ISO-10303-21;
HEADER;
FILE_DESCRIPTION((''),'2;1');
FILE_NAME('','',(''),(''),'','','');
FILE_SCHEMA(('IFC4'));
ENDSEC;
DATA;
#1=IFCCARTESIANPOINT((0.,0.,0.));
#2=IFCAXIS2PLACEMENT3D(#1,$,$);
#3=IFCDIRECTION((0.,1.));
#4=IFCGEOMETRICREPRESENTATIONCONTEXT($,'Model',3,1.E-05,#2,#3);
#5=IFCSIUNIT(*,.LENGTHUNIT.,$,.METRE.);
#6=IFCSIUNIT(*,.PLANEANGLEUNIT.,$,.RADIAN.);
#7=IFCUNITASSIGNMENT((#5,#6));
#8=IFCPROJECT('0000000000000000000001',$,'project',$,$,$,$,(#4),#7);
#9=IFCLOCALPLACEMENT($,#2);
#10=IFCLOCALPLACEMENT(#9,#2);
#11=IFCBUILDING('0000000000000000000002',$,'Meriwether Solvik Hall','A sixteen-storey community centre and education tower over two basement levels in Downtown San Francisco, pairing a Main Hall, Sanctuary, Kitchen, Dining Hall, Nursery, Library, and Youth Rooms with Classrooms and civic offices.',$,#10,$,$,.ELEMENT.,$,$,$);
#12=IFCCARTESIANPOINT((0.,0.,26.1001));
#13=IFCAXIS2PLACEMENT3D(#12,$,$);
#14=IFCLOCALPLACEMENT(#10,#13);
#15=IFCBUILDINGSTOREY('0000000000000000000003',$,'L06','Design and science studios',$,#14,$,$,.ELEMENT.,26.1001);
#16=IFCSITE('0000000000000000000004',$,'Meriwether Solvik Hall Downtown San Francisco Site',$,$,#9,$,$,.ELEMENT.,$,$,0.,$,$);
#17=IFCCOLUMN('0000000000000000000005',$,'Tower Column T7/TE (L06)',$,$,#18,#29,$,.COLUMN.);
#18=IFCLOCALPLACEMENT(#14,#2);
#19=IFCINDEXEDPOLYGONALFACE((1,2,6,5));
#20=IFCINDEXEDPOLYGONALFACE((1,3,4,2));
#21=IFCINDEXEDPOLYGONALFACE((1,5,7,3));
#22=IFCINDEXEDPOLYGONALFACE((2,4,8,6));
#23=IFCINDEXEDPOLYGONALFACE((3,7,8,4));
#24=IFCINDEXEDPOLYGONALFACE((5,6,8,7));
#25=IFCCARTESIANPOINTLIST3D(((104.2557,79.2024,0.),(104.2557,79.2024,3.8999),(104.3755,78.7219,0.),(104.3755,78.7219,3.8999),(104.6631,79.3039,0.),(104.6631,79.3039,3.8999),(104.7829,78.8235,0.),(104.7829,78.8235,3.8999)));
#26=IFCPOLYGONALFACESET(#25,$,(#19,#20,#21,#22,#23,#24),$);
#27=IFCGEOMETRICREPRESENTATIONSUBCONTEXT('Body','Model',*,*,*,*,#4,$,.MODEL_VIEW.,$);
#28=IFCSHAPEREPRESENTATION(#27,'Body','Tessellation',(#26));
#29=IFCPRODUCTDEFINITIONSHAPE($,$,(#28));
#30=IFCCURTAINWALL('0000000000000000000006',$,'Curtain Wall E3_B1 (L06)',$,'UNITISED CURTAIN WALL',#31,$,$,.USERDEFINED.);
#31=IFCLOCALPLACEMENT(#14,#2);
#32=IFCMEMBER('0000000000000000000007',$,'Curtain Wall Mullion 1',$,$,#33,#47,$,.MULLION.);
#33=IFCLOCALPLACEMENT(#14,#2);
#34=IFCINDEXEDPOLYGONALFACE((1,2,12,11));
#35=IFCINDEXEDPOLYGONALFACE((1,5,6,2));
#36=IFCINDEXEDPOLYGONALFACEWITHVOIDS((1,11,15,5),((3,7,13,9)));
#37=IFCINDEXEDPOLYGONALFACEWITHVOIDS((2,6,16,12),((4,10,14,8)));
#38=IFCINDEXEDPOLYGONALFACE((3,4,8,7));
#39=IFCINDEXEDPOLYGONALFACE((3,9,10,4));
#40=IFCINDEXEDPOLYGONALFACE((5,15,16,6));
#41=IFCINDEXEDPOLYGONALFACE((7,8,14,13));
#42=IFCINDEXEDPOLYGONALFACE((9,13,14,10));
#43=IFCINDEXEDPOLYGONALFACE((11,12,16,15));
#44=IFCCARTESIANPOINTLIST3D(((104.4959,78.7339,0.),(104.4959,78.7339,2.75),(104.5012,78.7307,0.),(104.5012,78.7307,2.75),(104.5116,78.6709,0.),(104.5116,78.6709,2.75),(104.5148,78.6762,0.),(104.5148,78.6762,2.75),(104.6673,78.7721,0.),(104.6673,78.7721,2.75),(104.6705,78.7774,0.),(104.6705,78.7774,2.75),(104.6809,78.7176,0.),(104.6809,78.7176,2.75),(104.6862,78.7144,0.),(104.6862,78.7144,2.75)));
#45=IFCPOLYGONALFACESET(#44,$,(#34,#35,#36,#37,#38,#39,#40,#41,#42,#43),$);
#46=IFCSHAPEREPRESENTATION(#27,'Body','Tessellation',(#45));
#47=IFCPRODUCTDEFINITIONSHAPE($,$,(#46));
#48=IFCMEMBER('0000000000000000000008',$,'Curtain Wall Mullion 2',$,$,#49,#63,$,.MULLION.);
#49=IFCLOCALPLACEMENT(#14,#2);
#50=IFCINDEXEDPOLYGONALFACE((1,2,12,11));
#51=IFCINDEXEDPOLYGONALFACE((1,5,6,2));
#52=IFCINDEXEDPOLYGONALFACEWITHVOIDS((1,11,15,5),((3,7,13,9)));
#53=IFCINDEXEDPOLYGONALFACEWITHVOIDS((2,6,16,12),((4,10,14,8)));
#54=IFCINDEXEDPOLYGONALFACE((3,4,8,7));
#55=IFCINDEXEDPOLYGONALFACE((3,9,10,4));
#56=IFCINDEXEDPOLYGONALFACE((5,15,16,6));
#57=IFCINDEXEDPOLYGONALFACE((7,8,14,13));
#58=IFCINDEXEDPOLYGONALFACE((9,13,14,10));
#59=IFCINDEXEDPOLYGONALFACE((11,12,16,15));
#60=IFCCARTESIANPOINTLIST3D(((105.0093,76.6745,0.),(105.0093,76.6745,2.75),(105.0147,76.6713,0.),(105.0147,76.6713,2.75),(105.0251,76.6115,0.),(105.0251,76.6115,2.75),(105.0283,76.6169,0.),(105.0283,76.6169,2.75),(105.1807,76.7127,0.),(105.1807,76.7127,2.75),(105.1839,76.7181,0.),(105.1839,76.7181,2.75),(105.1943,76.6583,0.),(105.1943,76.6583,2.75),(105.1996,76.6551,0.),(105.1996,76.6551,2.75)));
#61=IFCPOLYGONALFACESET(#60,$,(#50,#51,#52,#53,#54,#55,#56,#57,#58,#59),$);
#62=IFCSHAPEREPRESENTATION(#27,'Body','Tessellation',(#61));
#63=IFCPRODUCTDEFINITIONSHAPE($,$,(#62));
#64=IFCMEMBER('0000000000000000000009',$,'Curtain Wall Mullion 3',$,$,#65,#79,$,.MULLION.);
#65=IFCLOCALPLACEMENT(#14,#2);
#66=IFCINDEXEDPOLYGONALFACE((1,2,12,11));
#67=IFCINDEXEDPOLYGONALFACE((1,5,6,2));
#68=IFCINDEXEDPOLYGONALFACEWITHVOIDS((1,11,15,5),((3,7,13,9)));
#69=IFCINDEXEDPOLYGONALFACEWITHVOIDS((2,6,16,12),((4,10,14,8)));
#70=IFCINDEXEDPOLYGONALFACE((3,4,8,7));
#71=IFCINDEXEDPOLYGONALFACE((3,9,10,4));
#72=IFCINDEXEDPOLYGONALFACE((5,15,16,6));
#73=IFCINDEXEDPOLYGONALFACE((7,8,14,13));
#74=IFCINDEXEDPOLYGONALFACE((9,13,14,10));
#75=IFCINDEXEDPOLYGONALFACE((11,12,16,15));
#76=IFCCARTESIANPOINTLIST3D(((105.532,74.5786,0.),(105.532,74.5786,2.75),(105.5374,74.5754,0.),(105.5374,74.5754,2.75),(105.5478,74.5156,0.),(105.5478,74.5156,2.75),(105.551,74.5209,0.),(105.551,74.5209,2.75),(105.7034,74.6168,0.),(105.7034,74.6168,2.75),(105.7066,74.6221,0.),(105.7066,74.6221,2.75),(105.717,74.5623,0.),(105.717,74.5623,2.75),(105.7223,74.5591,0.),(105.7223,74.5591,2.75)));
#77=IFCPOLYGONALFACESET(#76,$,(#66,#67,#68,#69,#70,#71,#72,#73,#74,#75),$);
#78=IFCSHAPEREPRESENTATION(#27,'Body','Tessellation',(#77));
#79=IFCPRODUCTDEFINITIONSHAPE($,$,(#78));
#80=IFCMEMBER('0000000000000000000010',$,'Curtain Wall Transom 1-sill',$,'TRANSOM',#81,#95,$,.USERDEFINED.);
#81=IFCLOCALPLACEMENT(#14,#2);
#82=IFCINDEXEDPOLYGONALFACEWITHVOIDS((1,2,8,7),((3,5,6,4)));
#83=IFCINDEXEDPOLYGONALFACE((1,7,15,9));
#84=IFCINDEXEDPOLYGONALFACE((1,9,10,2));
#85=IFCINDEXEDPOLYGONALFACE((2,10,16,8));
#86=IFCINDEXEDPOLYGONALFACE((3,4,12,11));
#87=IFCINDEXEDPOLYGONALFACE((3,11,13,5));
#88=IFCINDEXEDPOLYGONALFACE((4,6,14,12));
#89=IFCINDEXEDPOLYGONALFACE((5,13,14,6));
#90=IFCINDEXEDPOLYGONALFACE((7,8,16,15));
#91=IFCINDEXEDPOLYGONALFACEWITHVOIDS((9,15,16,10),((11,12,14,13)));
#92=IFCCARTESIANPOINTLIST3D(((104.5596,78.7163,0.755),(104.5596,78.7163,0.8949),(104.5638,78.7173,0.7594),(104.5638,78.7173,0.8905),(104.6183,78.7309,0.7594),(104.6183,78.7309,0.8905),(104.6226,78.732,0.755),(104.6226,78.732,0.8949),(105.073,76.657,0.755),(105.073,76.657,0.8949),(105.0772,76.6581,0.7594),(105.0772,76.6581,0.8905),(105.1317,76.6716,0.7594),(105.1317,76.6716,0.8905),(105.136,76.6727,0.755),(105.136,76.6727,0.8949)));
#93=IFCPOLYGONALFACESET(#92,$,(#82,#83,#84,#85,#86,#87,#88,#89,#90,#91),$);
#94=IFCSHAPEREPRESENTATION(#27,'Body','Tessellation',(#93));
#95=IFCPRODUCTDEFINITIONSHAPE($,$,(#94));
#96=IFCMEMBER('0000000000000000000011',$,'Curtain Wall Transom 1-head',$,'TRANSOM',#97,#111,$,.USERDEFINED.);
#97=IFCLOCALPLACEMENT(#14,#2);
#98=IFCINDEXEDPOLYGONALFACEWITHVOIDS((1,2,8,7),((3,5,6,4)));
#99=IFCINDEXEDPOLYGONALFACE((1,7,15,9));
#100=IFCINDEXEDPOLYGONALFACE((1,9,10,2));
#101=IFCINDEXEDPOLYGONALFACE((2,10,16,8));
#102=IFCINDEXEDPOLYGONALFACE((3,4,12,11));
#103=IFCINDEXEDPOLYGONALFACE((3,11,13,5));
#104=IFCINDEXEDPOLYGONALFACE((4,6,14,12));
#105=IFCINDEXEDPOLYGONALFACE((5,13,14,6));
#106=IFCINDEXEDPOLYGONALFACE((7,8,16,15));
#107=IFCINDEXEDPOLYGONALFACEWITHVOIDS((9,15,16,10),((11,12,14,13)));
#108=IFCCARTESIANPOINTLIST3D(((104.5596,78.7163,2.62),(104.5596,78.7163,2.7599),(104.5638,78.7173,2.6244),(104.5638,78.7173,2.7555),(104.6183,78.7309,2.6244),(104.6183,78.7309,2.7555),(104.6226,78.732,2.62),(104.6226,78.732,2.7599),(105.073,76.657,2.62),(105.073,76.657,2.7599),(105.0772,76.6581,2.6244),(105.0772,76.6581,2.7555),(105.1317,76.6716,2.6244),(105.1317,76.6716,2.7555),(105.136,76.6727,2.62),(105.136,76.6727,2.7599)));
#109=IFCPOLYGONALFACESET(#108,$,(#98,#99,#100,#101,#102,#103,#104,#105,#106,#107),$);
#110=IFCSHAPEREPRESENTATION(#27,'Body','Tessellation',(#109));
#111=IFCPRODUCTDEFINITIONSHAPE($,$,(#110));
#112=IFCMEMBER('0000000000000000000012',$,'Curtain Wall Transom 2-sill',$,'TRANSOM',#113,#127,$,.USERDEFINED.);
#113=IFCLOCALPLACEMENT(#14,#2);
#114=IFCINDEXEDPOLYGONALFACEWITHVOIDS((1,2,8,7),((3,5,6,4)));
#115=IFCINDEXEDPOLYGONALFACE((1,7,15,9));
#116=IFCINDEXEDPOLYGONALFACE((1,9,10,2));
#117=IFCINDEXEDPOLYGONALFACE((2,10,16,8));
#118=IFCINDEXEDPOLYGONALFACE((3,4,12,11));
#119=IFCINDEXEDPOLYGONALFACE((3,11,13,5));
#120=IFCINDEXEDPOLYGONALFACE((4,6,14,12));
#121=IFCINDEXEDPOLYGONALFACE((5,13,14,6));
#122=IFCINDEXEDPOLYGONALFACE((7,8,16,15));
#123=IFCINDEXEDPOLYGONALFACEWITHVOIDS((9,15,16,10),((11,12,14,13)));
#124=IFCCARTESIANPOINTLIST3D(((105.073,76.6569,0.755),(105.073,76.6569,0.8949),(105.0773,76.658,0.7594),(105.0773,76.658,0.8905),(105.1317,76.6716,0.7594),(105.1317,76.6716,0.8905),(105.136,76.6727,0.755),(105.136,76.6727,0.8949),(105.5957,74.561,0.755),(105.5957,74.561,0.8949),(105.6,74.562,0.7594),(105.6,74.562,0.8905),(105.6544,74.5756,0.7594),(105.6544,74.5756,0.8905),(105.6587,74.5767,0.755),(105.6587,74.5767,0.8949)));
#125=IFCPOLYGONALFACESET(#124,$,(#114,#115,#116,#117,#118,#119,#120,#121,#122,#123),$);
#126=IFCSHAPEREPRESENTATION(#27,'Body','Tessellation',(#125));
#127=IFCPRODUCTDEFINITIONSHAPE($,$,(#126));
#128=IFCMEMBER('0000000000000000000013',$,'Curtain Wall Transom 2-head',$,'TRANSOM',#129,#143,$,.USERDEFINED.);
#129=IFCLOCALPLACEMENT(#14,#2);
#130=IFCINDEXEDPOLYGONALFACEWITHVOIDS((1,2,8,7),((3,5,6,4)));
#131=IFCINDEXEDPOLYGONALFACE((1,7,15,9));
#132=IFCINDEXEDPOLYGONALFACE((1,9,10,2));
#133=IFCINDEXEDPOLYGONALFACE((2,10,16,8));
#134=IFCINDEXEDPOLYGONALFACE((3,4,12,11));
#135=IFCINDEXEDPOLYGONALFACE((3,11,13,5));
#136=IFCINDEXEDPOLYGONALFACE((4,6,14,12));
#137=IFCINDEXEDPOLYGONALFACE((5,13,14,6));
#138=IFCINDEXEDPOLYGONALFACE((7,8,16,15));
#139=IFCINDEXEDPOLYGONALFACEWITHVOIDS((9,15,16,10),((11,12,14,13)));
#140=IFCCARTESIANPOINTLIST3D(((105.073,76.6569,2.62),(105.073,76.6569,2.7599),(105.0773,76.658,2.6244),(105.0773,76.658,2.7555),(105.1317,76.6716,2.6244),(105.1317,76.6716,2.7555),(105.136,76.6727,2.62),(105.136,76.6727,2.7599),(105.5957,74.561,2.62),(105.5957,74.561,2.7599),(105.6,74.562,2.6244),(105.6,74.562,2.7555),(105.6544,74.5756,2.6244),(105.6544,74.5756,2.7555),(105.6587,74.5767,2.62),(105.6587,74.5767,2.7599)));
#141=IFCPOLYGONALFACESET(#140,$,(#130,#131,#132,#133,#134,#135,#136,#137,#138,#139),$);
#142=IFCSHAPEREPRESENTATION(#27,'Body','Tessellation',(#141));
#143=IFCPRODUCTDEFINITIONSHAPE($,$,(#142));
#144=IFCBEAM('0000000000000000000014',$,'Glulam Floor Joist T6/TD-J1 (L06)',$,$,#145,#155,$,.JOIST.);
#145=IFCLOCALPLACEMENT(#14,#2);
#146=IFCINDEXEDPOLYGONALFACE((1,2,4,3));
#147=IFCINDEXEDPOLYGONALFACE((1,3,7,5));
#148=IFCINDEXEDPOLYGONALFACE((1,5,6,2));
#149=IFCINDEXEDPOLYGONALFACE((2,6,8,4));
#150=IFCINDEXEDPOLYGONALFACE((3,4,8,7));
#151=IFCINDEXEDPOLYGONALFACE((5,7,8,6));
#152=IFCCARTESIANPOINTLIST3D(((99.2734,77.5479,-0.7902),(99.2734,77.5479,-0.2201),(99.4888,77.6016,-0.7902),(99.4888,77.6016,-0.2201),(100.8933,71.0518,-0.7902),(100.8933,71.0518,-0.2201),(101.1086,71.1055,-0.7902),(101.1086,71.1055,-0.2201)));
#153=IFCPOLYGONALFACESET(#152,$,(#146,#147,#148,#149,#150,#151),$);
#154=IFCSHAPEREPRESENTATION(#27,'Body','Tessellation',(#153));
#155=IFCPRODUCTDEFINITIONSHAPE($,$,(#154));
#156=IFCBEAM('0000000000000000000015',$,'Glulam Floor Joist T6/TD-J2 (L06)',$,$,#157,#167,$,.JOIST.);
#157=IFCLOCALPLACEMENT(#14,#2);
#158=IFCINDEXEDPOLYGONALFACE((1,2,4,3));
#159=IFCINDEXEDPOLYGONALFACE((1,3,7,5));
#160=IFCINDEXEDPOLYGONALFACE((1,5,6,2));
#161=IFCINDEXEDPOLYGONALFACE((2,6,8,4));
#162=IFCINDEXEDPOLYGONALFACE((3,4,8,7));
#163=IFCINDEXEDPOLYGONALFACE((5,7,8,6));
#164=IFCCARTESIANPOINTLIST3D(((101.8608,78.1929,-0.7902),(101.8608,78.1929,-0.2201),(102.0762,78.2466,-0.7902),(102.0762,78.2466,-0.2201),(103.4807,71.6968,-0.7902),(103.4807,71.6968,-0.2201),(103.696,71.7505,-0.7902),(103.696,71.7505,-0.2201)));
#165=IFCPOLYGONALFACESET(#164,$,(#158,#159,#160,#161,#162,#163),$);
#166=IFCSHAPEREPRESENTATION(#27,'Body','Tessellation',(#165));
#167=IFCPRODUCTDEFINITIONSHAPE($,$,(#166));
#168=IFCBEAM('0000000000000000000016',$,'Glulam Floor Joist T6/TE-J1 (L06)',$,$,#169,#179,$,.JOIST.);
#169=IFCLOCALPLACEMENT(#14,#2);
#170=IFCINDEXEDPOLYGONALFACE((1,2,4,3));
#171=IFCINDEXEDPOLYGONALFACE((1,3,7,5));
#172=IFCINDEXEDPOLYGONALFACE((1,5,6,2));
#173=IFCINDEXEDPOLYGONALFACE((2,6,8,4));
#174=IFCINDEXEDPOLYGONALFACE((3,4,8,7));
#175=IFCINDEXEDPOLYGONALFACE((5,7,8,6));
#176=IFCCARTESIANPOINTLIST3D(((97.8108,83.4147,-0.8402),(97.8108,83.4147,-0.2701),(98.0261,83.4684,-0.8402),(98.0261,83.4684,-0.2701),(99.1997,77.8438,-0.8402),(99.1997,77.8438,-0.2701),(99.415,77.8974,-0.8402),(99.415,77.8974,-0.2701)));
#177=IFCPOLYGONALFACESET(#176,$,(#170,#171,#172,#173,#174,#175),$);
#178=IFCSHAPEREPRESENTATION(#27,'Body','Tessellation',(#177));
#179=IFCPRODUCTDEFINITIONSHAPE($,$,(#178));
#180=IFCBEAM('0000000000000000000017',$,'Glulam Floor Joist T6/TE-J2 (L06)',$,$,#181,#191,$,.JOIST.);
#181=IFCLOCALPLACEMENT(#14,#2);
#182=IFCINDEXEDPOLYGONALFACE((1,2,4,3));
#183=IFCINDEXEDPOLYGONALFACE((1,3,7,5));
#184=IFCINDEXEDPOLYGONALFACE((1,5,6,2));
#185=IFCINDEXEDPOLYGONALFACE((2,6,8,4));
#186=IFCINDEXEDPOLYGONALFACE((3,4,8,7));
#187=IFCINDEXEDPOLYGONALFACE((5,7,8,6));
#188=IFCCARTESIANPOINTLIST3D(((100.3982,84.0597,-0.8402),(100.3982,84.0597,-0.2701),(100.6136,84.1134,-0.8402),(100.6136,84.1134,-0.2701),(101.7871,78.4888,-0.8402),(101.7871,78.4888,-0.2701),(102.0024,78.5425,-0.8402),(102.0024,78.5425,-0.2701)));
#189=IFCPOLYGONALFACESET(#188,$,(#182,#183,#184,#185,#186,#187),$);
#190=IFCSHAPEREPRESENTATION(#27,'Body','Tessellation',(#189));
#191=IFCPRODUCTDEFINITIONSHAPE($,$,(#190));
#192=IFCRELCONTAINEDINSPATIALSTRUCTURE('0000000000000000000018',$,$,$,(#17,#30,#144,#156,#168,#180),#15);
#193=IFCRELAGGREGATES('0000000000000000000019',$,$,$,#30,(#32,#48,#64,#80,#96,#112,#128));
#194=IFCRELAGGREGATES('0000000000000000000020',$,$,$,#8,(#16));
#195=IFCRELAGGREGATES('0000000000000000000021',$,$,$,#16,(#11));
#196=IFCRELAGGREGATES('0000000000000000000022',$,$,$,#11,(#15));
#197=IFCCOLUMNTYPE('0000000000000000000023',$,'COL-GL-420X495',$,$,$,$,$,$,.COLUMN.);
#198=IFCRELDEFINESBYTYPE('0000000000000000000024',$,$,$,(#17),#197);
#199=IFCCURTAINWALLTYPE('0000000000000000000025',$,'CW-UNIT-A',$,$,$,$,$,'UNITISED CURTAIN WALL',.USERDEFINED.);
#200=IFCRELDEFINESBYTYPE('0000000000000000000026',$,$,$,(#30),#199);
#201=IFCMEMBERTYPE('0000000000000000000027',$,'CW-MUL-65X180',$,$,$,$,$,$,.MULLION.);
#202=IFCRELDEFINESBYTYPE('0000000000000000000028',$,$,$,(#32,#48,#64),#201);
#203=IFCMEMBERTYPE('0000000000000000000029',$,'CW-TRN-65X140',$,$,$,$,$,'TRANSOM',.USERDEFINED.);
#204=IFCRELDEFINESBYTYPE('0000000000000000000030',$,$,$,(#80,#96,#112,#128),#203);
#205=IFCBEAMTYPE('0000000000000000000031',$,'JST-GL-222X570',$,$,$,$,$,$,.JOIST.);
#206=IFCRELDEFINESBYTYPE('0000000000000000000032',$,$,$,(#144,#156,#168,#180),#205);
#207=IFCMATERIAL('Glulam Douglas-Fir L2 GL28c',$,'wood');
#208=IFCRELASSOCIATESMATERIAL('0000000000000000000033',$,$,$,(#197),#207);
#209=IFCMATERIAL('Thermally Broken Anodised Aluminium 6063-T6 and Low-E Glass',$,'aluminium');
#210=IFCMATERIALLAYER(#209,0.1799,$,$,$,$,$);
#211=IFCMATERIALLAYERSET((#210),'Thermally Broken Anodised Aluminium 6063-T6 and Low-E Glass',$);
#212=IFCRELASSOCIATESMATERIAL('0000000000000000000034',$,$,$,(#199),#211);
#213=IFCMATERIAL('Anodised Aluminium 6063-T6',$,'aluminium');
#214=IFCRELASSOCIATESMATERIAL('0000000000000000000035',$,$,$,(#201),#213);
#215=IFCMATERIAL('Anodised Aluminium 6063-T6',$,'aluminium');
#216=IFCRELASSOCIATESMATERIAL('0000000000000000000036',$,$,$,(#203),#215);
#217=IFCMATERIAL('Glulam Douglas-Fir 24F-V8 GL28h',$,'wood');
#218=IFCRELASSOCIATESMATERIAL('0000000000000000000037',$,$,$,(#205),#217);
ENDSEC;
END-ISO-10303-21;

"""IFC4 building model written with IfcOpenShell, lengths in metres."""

from ifc_helpers import new_model, si_unit, direction, frame, origin, origin_2d, place, context, subcontext, project, spatial, rectangle, hollow_rectangle, extrude, material, layer, layer_set, material_profile, profile_set, type_object, element, aggregate, save


model = new_model("IFC4")

# Units and contexts
model_context = context("Model", 3, precision=1e-05, world=origin(), true_north=direction((0.0, 1.0)))
body_context = subcontext(model_context, "Body", "Model", "MODEL_VIEW")
ifc_project = project(units=[si_unit("LENGTHUNIT", "METRE"), si_unit("PLANEANGLEUNIT", "RADIAN")], contexts=[model_context])

# Site, building, storey
site_placement = place(None, origin())
site = spatial("IfcSite", under=ifc_project, at=site_placement, Name="Meriwether Solvik Hall Downtown San Francisco Site", CompositionType="ELEMENT", RefElevation=0.0)
building_placement = place(site_placement, origin())
building = spatial("IfcBuilding", under=site, at=building_placement, Name="Meriwether Solvik Hall", Description="A sixteen-storey community centre and education tower over two basement levels in Downtown San Francisco, pairing a Main Hall, Sanctuary, Kitchen, Dining Hall, Nursery, Library, and Youth Rooms with Classrooms and civic offices.", CompositionType="ELEMENT")
storey_placement = place(building_placement, frame((0.0, 0.0, 26.1001)))
storey = spatial("IfcBuildingStorey", under=building, at=storey_placement, Name="L06", Description="Design and science studios", CompositionType="ELEMENT", Elevation=26.1001)

# Column
ifc_material_1 = material(Name="Glulam Douglas-Fir L2 GL28c", Category="wood")
ifc_material_profile_1 = material_profile(ifc_material_1, rectangle(XDim=0.4199, YDim=0.4951, at=origin_2d()), Name="GLC-420X495")
ifc_profile_set_1 = profile_set([ifc_material_profile_1], Name="Glulam Douglas-Fir L2 GL28c")
column_type = type_object("IfcColumnType", Name="COL-GL-420X495", PredefinedType="COLUMN", material=ifc_profile_set_1)
column_placement = place(storey_placement, frame((104.5193, 79.0129, 0.0), z_axis=(0.0, 0.0, 1.0), x_axis=(0.970296, 0.241922, 0.0)))
element("IfcColumn", 1, at=column_placement, inside=storey, type_object=column_type, Name="Tower Column T7/TE (L06)", PredefinedType="COLUMN", context=body_context, shape_type="SweptSolid", body=[
    extrude(rectangle(XDim=0.4199, YDim=0.4951, at=origin_2d()), origin(), (0.0, 0.0, 1.0), 3.8999),
])

# Curtain wall, members
ifc_material_2 = material(Name="Thermally Broken Anodised Aluminium 6063-T6 and Low-E Glass", Category="aluminium")
ifc_layer_1 = layer(ifc_material_2, 0.1799)
ifc_layer_set_1 = layer_set([ifc_layer_1], Name="Thermally Broken Anodised Aluminium 6063-T6 and Low-E Glass")
curtain_wall_type = type_object("IfcCurtainWallType", Name="CW-UNIT-A", ElementType="UNITISED CURTAIN WALL", PredefinedType="USERDEFINED", material=ifc_layer_set_1)
curtain_wall_placement = place(storey_placement, origin())
curtain_wall = element("IfcCurtainWall", 2, at=curtain_wall_placement, inside=storey, type_object=curtain_wall_type, Name="Curtain Wall E3_B1 (L06)", ObjectType="UNITISED CURTAIN WALL", PredefinedType="USERDEFINED")
ifc_material_3 = material(Name="Anodised Aluminium 6063-T6", Category="aluminium")
ifc_material_profile_2 = material_profile(ifc_material_3, hollow_rectangle(XDim=0.0649, YDim=0.1799, WallThickness=0.0044, at=origin_2d()), Name="CWM-65X180")
ifc_profile_set_2 = profile_set([ifc_material_profile_2], Name="Anodised Aluminium 6063-T6")
member_type_1 = type_object("IfcMemberType", Name="CW-MUL-65X180", PredefinedType="MULLION", material=ifc_profile_set_2)
member_1_placement = place(storey_placement, frame((104.5911, 78.7241, 0.0), z_axis=(0.0, 0.0, 1.0), x_axis=(0.241922, -0.970296, 0.0)))
member_1 = element("IfcMember", 3, at=member_1_placement, type_object=member_type_1, Name="Curtain Wall Mullion 1", PredefinedType="MULLION", context=body_context, shape_type="SweptSolid", body=[
    extrude(hollow_rectangle(XDim=0.0649, YDim=0.1799, WallThickness=0.0044, at=origin_2d()), origin(), (0.0, 0.0, 1.0), 2.75),
])
member_2_placement = place(storey_placement, frame((105.1045, 76.6648, 0.0), z_axis=(0.0, 0.0, 1.0), x_axis=(0.241922, -0.970296, 0.0)))
member_2 = element("IfcMember", 4, at=member_2_placement, type_object=member_type_1, Name="Curtain Wall Mullion 2", PredefinedType="MULLION", context=body_context, shape_type="SweptSolid", body=[
    extrude(hollow_rectangle(XDim=0.0649, YDim=0.1799, WallThickness=0.0044, at=origin_2d()), origin(), (0.0, 0.0, 1.0), 2.75),
])
member_3_placement = place(storey_placement, frame((105.6272, 74.5688, 0.0), z_axis=(0.0, 0.0, 1.0), x_axis=(0.241922, -0.970296, 0.0)))
member_3 = element("IfcMember", 5, at=member_3_placement, type_object=member_type_1, Name="Curtain Wall Mullion 3", PredefinedType="MULLION", context=body_context, shape_type="SweptSolid", body=[
    extrude(hollow_rectangle(XDim=0.0649, YDim=0.1799, WallThickness=0.0044, at=origin_2d()), origin(), (0.0, 0.0, 1.0), 2.75),
])
ifc_material_4 = material(Name="Anodised Aluminium 6063-T6", Category="aluminium")
ifc_material_profile_3 = material_profile(ifc_material_4, hollow_rectangle(XDim=0.0649, YDim=0.1399, WallThickness=0.0044, at=origin_2d()), Name="CWT-65X140")
ifc_profile_set_3 = profile_set([ifc_material_profile_3], Name="Anodised Aluminium 6063-T6")
member_type_2 = type_object("IfcMemberType", Name="CW-TRN-65X140", ElementType="TRANSOM", PredefinedType="USERDEFINED", material=ifc_profile_set_3)
member_4_placement = place(storey_placement, frame((104.5911, 78.7241, 0.825), z_axis=(0.241913, -0.970298, 0.0), x_axis=(0.970298, 0.241913, 0.0)))
member_4 = element("IfcMember", 6, at=member_4_placement, type_object=member_type_2, Name="Curtain Wall Transom 1-sill", ObjectType="TRANSOM", PredefinedType="USERDEFINED", context=body_context, shape_type="SweptSolid", body=[
    extrude(hollow_rectangle(XDim=0.0649, YDim=0.1399, WallThickness=0.0044, at=origin_2d()), origin(), (0.0, 0.0, 1.0), 2.1223),
])
member_5_placement = place(storey_placement, frame((104.5911, 78.7241, 2.6899), z_axis=(0.241913, -0.970298, 0.0), x_axis=(0.970298, 0.241913, 0.0)))
member_5 = element("IfcMember", 7, at=member_5_placement, type_object=member_type_2, Name="Curtain Wall Transom 1-head", ObjectType="TRANSOM", PredefinedType="USERDEFINED", context=body_context, shape_type="SweptSolid", body=[
    extrude(hollow_rectangle(XDim=0.0649, YDim=0.1399, WallThickness=0.0044, at=origin_2d()), origin(), (0.0, 0.0, 1.0), 2.1223),
])
member_6_placement = place(storey_placement, frame((105.1045, 76.6648, 0.825), z_axis=(0.241977, -0.970282, 0.0), x_axis=(0.970282, 0.241977, 0.0)))
member_6 = element("IfcMember", 8, at=member_6_placement, type_object=member_type_2, Name="Curtain Wall Transom 2-sill", ObjectType="TRANSOM", PredefinedType="USERDEFINED", context=body_context, shape_type="SweptSolid", body=[
    extrude(hollow_rectangle(XDim=0.0649, YDim=0.1399, WallThickness=0.0044, at=origin_2d()), origin(), (0.0, 0.0, 1.0), 2.1602),
])
member_7_placement = place(storey_placement, frame((105.1045, 76.6648, 2.6899), z_axis=(0.241977, -0.970282, 0.0), x_axis=(0.970282, 0.241977, 0.0)))
member_7 = element("IfcMember", 9, at=member_7_placement, type_object=member_type_2, Name="Curtain Wall Transom 2-head", ObjectType="TRANSOM", PredefinedType="USERDEFINED", context=body_context, shape_type="SweptSolid", body=[
    extrude(hollow_rectangle(XDim=0.0649, YDim=0.1399, WallThickness=0.0044, at=origin_2d()), origin(), (0.0, 0.0, 1.0), 2.1602),
])

# Beams
ifc_material_5 = material(Name="Glulam Douglas-Fir 24F-V8 GL28h", Category="wood")
ifc_material_profile_4 = material_profile(ifc_material_5, rectangle(XDim=0.2219, YDim=0.5701, at=origin_2d()), Name="GLJ-222X570")
ifc_profile_set_4 = profile_set([ifc_material_profile_4], Name="Glulam Douglas-Fir 24F-V8 GL28h")
beam_type = type_object("IfcBeamType", Name="JST-GL-222X570", PredefinedType="JOIST", material=ifc_profile_set_4)
for number, where, z_axis, x_axis, name in (
    (10, (101.001, 71.0786, -0.5051), (-0.241952, 0.970288, 0.0), (-0.970288, -0.241952, 0.0), "Glulam Floor Joist T6/TD-J1 (L06)"),
    (11, (103.5884, 71.7236, -0.5051), (-0.241952, 0.970288, 0.0), (-0.970288, -0.241952, 0.0), "Glulam Floor Joist T6/TD-J2 (L06)"),
):
    element("IfcBeam", number, at=place(storey_placement, frame(where, z_axis=z_axis, x_axis=x_axis)), inside=storey, type_object=beam_type, Name=name, PredefinedType="JOIST", context=body_context, shape_type="SweptSolid", body=[
        extrude(rectangle(XDim=0.2219, YDim=0.5701, at=origin_2d()), origin(), (0.0, 0.0, 1.0), 6.6951),
    ])
for number, where, z_axis, x_axis, name in (
    (12, (99.3074, 77.8706, -0.5552), (-0.241915, 0.970297, 0.0), (-0.970297, -0.241915, 0.0), "Glulam Floor Joist T6/TE-J1 (L06)"),
    (13, (101.8948, 78.5156, -0.5552), (-0.241905, 0.9703, 0.0), (-0.9703, -0.241905, 0.0), "Glulam Floor Joist T6/TE-J2 (L06)"),
):
    element("IfcBeam", number, at=place(storey_placement, frame(where, z_axis=z_axis, x_axis=x_axis)), inside=storey, type_object=beam_type, Name=name, PredefinedType="JOIST", context=body_context, shape_type="SweptSolid", body=[
        extrude(rectangle(XDim=0.2219, YDim=0.5701, at=origin_2d()), origin(), (0.0, 0.0, 1.0), 5.7415),
    ])

aggregate(curtain_wall, [member_1, member_2, member_3, member_4, member_5, member_6, member_7])

save(model, "model.ifc")
